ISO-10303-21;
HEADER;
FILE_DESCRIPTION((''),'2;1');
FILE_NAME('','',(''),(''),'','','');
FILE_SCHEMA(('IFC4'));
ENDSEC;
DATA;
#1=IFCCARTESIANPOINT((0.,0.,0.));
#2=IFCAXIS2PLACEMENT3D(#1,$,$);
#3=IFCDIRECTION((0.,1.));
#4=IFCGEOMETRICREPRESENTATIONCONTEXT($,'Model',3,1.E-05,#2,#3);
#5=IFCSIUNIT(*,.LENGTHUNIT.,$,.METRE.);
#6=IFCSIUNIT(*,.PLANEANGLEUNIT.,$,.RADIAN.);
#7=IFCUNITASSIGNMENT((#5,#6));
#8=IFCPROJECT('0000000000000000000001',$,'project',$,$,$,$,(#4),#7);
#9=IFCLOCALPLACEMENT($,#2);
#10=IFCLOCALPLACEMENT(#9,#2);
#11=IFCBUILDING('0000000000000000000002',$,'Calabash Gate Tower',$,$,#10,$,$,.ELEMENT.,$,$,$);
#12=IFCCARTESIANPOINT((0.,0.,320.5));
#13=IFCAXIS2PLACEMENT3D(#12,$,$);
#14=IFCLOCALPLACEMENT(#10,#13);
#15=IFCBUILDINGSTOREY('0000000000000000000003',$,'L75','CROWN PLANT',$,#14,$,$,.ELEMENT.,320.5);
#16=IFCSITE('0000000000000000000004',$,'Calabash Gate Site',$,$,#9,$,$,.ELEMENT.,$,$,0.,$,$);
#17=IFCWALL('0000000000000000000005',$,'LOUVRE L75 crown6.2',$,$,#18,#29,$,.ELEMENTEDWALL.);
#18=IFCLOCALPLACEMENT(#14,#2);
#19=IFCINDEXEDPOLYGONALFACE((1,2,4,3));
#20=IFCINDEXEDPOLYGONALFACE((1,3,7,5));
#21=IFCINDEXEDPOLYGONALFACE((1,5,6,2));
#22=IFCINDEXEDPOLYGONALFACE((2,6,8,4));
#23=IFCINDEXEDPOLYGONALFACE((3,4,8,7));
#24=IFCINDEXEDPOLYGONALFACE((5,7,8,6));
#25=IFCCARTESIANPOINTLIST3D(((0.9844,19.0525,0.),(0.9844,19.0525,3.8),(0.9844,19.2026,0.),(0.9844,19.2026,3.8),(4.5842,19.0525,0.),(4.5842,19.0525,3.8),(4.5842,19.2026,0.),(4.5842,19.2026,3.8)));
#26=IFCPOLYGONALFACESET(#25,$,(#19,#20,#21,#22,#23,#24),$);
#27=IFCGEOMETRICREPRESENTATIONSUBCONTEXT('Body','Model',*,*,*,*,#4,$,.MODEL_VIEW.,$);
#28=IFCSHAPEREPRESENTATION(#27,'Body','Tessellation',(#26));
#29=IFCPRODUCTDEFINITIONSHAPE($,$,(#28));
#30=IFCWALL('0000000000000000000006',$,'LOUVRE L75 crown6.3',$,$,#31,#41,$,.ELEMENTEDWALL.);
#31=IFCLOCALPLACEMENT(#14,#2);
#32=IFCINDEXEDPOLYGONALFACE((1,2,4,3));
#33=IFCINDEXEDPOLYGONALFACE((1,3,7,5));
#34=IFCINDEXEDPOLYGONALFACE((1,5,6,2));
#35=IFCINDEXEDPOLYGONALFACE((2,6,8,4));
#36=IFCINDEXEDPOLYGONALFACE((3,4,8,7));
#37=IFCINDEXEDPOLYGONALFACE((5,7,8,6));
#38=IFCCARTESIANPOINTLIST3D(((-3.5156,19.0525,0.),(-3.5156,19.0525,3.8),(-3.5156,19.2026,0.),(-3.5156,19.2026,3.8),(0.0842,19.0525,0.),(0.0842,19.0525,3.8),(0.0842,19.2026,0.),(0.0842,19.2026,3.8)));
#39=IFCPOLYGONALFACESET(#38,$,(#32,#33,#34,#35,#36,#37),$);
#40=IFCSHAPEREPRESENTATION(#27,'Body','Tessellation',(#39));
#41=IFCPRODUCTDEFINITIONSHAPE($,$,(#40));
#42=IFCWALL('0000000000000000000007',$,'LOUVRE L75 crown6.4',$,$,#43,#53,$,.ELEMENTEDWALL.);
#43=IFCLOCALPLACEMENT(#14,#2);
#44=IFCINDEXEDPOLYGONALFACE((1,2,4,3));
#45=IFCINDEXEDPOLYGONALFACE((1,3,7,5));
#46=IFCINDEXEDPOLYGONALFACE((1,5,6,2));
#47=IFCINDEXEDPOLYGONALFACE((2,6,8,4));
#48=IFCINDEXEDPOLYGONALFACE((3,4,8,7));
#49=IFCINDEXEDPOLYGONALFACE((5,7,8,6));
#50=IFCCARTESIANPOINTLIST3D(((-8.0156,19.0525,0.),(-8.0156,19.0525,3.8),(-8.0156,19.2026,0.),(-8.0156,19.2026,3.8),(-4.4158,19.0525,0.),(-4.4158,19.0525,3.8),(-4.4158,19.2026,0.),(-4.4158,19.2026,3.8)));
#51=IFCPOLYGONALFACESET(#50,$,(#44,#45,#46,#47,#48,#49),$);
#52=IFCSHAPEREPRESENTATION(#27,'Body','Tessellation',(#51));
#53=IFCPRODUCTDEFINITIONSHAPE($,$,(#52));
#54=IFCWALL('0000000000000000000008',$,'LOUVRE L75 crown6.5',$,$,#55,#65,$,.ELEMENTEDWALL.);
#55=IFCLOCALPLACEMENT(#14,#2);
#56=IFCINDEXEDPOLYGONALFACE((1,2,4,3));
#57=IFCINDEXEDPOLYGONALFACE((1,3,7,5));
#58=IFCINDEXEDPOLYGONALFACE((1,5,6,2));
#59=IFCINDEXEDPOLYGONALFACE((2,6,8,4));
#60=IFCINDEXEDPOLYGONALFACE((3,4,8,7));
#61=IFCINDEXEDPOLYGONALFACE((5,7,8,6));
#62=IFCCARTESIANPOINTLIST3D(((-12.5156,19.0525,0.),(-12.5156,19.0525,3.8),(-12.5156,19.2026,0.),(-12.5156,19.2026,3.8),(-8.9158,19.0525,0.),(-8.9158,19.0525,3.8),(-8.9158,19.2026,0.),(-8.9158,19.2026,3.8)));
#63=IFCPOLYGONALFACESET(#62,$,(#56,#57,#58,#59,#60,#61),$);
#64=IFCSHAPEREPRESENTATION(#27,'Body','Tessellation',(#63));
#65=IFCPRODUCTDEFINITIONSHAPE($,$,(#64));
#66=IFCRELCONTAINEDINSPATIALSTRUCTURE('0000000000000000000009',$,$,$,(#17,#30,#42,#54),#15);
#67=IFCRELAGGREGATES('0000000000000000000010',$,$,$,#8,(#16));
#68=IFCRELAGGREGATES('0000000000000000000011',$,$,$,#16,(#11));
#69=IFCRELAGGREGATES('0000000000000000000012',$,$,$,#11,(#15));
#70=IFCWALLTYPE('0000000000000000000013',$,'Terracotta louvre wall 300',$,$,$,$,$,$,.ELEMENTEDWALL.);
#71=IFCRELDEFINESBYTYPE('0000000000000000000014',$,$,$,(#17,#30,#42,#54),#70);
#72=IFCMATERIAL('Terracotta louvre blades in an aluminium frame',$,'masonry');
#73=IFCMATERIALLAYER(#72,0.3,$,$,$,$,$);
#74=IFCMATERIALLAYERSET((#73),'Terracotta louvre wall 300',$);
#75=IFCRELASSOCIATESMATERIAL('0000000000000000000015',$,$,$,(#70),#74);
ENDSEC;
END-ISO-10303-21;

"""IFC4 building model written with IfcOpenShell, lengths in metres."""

from ifc_helpers import new_model, si_unit, direction, frame, origin, place, context, subcontext, project, spatial, polyline, outline, extrude, material, layer, layer_set, type_object, element, save


model = new_model("IFC4")

# Units and contexts
model_context = context("Model", 3, precision=1e-05, world=origin(), true_north=direction((0.0, 1.0)))
body_context = subcontext(model_context, "Body", "Model", "MODEL_VIEW")
ifc_project = project(units=[si_unit("LENGTHUNIT", "METRE"), si_unit("PLANEANGLEUNIT", "RADIAN")], contexts=[model_context])

# Site, building, storey
site_placement = place(None, origin())
site = spatial("IfcSite", under=ifc_project, at=site_placement, Name="Calabash Gate Site", CompositionType="ELEMENT", RefElevation=0.0)
building_placement = place(site_placement, origin())
building = spatial("IfcBuilding", under=site, at=building_placement, Name="Calabash Gate Tower", CompositionType="ELEMENT")
storey_placement = place(building_placement, frame((0.0, 0.0, 320.5)))
storey = spatial("IfcBuildingStorey", under=building, at=storey_placement, Name="L75", Description="CROWN PLANT", CompositionType="ELEMENT", Elevation=320.5)

# Walls
ifc_material_1 = material(Name="Terracotta louvre blades in an aluminium frame", Category="masonry")
ifc_layer_1 = layer(ifc_material_1, 0.3)
ifc_layer_set_1 = layer_set([ifc_layer_1], Name="Terracotta louvre wall 300")
wall_type_1 = type_object("IfcWallType", Name="Terracotta louvre wall 300", PredefinedType="ELEMENTEDWALL", material=ifc_layer_set_1)
wall_1_placement = place(storey_placement, origin())
element("IfcWall", 1, at=wall_1_placement, inside=storey, type_object=wall_type_1, Name="LOUVRE L75 crown6.2", PredefinedType="ELEMENTEDWALL", context=body_context, shape_type="SweptSolid", body=[
    extrude(outline(polyline([(4.5842, 19.2026), (0.9844, 19.2026), (0.9844, 19.0525), (4.5842, 19.0525), (4.5842, 19.2026)])), origin(), (0.0, 0.0, 1.0), 3.8),
])
wall_2_placement = place(storey_placement, origin())
element("IfcWall", 2, at=wall_2_placement, inside=storey, type_object=wall_type_1, Name="LOUVRE L75 crown6.3", PredefinedType="ELEMENTEDWALL", context=body_context, shape_type="SweptSolid", body=[
    extrude(outline(polyline([(0.0842, 19.2026), (-3.5156, 19.2026), (-3.5156, 19.0525), (0.0842, 19.0525), (0.0842, 19.2026)])), origin(), (0.0, 0.0, 1.0), 3.8),
])
wall_3_placement = place(storey_placement, origin())
element("IfcWall", 3, at=wall_3_placement, inside=storey, type_object=wall_type_1, Name="LOUVRE L75 crown6.4", PredefinedType="ELEMENTEDWALL", context=body_context, shape_type="SweptSolid", body=[
    extrude(outline(polyline([(-4.4158, 19.2026), (-8.0156, 19.2026), (-8.0156, 19.0525), (-4.4158, 19.0525), (-4.4158, 19.2026)])), origin(), (0.0, 0.0, 1.0), 3.8),
])
wall_4_placement = place(storey_placement, origin())
element("IfcWall", 4, at=wall_4_placement, inside=storey, type_object=wall_type_1, Name="LOUVRE L75 crown6.5", PredefinedType="ELEMENTEDWALL", context=body_context, shape_type="SweptSolid", body=[
    extrude(outline(polyline([(-8.9158, 19.2026), (-12.5156, 19.2026), (-12.5156, 19.0525), (-8.9158, 19.0525), (-8.9158, 19.2026)])), origin(), (0.0, 0.0, 1.0), 3.8),
])

save(model, "model.ifc")
